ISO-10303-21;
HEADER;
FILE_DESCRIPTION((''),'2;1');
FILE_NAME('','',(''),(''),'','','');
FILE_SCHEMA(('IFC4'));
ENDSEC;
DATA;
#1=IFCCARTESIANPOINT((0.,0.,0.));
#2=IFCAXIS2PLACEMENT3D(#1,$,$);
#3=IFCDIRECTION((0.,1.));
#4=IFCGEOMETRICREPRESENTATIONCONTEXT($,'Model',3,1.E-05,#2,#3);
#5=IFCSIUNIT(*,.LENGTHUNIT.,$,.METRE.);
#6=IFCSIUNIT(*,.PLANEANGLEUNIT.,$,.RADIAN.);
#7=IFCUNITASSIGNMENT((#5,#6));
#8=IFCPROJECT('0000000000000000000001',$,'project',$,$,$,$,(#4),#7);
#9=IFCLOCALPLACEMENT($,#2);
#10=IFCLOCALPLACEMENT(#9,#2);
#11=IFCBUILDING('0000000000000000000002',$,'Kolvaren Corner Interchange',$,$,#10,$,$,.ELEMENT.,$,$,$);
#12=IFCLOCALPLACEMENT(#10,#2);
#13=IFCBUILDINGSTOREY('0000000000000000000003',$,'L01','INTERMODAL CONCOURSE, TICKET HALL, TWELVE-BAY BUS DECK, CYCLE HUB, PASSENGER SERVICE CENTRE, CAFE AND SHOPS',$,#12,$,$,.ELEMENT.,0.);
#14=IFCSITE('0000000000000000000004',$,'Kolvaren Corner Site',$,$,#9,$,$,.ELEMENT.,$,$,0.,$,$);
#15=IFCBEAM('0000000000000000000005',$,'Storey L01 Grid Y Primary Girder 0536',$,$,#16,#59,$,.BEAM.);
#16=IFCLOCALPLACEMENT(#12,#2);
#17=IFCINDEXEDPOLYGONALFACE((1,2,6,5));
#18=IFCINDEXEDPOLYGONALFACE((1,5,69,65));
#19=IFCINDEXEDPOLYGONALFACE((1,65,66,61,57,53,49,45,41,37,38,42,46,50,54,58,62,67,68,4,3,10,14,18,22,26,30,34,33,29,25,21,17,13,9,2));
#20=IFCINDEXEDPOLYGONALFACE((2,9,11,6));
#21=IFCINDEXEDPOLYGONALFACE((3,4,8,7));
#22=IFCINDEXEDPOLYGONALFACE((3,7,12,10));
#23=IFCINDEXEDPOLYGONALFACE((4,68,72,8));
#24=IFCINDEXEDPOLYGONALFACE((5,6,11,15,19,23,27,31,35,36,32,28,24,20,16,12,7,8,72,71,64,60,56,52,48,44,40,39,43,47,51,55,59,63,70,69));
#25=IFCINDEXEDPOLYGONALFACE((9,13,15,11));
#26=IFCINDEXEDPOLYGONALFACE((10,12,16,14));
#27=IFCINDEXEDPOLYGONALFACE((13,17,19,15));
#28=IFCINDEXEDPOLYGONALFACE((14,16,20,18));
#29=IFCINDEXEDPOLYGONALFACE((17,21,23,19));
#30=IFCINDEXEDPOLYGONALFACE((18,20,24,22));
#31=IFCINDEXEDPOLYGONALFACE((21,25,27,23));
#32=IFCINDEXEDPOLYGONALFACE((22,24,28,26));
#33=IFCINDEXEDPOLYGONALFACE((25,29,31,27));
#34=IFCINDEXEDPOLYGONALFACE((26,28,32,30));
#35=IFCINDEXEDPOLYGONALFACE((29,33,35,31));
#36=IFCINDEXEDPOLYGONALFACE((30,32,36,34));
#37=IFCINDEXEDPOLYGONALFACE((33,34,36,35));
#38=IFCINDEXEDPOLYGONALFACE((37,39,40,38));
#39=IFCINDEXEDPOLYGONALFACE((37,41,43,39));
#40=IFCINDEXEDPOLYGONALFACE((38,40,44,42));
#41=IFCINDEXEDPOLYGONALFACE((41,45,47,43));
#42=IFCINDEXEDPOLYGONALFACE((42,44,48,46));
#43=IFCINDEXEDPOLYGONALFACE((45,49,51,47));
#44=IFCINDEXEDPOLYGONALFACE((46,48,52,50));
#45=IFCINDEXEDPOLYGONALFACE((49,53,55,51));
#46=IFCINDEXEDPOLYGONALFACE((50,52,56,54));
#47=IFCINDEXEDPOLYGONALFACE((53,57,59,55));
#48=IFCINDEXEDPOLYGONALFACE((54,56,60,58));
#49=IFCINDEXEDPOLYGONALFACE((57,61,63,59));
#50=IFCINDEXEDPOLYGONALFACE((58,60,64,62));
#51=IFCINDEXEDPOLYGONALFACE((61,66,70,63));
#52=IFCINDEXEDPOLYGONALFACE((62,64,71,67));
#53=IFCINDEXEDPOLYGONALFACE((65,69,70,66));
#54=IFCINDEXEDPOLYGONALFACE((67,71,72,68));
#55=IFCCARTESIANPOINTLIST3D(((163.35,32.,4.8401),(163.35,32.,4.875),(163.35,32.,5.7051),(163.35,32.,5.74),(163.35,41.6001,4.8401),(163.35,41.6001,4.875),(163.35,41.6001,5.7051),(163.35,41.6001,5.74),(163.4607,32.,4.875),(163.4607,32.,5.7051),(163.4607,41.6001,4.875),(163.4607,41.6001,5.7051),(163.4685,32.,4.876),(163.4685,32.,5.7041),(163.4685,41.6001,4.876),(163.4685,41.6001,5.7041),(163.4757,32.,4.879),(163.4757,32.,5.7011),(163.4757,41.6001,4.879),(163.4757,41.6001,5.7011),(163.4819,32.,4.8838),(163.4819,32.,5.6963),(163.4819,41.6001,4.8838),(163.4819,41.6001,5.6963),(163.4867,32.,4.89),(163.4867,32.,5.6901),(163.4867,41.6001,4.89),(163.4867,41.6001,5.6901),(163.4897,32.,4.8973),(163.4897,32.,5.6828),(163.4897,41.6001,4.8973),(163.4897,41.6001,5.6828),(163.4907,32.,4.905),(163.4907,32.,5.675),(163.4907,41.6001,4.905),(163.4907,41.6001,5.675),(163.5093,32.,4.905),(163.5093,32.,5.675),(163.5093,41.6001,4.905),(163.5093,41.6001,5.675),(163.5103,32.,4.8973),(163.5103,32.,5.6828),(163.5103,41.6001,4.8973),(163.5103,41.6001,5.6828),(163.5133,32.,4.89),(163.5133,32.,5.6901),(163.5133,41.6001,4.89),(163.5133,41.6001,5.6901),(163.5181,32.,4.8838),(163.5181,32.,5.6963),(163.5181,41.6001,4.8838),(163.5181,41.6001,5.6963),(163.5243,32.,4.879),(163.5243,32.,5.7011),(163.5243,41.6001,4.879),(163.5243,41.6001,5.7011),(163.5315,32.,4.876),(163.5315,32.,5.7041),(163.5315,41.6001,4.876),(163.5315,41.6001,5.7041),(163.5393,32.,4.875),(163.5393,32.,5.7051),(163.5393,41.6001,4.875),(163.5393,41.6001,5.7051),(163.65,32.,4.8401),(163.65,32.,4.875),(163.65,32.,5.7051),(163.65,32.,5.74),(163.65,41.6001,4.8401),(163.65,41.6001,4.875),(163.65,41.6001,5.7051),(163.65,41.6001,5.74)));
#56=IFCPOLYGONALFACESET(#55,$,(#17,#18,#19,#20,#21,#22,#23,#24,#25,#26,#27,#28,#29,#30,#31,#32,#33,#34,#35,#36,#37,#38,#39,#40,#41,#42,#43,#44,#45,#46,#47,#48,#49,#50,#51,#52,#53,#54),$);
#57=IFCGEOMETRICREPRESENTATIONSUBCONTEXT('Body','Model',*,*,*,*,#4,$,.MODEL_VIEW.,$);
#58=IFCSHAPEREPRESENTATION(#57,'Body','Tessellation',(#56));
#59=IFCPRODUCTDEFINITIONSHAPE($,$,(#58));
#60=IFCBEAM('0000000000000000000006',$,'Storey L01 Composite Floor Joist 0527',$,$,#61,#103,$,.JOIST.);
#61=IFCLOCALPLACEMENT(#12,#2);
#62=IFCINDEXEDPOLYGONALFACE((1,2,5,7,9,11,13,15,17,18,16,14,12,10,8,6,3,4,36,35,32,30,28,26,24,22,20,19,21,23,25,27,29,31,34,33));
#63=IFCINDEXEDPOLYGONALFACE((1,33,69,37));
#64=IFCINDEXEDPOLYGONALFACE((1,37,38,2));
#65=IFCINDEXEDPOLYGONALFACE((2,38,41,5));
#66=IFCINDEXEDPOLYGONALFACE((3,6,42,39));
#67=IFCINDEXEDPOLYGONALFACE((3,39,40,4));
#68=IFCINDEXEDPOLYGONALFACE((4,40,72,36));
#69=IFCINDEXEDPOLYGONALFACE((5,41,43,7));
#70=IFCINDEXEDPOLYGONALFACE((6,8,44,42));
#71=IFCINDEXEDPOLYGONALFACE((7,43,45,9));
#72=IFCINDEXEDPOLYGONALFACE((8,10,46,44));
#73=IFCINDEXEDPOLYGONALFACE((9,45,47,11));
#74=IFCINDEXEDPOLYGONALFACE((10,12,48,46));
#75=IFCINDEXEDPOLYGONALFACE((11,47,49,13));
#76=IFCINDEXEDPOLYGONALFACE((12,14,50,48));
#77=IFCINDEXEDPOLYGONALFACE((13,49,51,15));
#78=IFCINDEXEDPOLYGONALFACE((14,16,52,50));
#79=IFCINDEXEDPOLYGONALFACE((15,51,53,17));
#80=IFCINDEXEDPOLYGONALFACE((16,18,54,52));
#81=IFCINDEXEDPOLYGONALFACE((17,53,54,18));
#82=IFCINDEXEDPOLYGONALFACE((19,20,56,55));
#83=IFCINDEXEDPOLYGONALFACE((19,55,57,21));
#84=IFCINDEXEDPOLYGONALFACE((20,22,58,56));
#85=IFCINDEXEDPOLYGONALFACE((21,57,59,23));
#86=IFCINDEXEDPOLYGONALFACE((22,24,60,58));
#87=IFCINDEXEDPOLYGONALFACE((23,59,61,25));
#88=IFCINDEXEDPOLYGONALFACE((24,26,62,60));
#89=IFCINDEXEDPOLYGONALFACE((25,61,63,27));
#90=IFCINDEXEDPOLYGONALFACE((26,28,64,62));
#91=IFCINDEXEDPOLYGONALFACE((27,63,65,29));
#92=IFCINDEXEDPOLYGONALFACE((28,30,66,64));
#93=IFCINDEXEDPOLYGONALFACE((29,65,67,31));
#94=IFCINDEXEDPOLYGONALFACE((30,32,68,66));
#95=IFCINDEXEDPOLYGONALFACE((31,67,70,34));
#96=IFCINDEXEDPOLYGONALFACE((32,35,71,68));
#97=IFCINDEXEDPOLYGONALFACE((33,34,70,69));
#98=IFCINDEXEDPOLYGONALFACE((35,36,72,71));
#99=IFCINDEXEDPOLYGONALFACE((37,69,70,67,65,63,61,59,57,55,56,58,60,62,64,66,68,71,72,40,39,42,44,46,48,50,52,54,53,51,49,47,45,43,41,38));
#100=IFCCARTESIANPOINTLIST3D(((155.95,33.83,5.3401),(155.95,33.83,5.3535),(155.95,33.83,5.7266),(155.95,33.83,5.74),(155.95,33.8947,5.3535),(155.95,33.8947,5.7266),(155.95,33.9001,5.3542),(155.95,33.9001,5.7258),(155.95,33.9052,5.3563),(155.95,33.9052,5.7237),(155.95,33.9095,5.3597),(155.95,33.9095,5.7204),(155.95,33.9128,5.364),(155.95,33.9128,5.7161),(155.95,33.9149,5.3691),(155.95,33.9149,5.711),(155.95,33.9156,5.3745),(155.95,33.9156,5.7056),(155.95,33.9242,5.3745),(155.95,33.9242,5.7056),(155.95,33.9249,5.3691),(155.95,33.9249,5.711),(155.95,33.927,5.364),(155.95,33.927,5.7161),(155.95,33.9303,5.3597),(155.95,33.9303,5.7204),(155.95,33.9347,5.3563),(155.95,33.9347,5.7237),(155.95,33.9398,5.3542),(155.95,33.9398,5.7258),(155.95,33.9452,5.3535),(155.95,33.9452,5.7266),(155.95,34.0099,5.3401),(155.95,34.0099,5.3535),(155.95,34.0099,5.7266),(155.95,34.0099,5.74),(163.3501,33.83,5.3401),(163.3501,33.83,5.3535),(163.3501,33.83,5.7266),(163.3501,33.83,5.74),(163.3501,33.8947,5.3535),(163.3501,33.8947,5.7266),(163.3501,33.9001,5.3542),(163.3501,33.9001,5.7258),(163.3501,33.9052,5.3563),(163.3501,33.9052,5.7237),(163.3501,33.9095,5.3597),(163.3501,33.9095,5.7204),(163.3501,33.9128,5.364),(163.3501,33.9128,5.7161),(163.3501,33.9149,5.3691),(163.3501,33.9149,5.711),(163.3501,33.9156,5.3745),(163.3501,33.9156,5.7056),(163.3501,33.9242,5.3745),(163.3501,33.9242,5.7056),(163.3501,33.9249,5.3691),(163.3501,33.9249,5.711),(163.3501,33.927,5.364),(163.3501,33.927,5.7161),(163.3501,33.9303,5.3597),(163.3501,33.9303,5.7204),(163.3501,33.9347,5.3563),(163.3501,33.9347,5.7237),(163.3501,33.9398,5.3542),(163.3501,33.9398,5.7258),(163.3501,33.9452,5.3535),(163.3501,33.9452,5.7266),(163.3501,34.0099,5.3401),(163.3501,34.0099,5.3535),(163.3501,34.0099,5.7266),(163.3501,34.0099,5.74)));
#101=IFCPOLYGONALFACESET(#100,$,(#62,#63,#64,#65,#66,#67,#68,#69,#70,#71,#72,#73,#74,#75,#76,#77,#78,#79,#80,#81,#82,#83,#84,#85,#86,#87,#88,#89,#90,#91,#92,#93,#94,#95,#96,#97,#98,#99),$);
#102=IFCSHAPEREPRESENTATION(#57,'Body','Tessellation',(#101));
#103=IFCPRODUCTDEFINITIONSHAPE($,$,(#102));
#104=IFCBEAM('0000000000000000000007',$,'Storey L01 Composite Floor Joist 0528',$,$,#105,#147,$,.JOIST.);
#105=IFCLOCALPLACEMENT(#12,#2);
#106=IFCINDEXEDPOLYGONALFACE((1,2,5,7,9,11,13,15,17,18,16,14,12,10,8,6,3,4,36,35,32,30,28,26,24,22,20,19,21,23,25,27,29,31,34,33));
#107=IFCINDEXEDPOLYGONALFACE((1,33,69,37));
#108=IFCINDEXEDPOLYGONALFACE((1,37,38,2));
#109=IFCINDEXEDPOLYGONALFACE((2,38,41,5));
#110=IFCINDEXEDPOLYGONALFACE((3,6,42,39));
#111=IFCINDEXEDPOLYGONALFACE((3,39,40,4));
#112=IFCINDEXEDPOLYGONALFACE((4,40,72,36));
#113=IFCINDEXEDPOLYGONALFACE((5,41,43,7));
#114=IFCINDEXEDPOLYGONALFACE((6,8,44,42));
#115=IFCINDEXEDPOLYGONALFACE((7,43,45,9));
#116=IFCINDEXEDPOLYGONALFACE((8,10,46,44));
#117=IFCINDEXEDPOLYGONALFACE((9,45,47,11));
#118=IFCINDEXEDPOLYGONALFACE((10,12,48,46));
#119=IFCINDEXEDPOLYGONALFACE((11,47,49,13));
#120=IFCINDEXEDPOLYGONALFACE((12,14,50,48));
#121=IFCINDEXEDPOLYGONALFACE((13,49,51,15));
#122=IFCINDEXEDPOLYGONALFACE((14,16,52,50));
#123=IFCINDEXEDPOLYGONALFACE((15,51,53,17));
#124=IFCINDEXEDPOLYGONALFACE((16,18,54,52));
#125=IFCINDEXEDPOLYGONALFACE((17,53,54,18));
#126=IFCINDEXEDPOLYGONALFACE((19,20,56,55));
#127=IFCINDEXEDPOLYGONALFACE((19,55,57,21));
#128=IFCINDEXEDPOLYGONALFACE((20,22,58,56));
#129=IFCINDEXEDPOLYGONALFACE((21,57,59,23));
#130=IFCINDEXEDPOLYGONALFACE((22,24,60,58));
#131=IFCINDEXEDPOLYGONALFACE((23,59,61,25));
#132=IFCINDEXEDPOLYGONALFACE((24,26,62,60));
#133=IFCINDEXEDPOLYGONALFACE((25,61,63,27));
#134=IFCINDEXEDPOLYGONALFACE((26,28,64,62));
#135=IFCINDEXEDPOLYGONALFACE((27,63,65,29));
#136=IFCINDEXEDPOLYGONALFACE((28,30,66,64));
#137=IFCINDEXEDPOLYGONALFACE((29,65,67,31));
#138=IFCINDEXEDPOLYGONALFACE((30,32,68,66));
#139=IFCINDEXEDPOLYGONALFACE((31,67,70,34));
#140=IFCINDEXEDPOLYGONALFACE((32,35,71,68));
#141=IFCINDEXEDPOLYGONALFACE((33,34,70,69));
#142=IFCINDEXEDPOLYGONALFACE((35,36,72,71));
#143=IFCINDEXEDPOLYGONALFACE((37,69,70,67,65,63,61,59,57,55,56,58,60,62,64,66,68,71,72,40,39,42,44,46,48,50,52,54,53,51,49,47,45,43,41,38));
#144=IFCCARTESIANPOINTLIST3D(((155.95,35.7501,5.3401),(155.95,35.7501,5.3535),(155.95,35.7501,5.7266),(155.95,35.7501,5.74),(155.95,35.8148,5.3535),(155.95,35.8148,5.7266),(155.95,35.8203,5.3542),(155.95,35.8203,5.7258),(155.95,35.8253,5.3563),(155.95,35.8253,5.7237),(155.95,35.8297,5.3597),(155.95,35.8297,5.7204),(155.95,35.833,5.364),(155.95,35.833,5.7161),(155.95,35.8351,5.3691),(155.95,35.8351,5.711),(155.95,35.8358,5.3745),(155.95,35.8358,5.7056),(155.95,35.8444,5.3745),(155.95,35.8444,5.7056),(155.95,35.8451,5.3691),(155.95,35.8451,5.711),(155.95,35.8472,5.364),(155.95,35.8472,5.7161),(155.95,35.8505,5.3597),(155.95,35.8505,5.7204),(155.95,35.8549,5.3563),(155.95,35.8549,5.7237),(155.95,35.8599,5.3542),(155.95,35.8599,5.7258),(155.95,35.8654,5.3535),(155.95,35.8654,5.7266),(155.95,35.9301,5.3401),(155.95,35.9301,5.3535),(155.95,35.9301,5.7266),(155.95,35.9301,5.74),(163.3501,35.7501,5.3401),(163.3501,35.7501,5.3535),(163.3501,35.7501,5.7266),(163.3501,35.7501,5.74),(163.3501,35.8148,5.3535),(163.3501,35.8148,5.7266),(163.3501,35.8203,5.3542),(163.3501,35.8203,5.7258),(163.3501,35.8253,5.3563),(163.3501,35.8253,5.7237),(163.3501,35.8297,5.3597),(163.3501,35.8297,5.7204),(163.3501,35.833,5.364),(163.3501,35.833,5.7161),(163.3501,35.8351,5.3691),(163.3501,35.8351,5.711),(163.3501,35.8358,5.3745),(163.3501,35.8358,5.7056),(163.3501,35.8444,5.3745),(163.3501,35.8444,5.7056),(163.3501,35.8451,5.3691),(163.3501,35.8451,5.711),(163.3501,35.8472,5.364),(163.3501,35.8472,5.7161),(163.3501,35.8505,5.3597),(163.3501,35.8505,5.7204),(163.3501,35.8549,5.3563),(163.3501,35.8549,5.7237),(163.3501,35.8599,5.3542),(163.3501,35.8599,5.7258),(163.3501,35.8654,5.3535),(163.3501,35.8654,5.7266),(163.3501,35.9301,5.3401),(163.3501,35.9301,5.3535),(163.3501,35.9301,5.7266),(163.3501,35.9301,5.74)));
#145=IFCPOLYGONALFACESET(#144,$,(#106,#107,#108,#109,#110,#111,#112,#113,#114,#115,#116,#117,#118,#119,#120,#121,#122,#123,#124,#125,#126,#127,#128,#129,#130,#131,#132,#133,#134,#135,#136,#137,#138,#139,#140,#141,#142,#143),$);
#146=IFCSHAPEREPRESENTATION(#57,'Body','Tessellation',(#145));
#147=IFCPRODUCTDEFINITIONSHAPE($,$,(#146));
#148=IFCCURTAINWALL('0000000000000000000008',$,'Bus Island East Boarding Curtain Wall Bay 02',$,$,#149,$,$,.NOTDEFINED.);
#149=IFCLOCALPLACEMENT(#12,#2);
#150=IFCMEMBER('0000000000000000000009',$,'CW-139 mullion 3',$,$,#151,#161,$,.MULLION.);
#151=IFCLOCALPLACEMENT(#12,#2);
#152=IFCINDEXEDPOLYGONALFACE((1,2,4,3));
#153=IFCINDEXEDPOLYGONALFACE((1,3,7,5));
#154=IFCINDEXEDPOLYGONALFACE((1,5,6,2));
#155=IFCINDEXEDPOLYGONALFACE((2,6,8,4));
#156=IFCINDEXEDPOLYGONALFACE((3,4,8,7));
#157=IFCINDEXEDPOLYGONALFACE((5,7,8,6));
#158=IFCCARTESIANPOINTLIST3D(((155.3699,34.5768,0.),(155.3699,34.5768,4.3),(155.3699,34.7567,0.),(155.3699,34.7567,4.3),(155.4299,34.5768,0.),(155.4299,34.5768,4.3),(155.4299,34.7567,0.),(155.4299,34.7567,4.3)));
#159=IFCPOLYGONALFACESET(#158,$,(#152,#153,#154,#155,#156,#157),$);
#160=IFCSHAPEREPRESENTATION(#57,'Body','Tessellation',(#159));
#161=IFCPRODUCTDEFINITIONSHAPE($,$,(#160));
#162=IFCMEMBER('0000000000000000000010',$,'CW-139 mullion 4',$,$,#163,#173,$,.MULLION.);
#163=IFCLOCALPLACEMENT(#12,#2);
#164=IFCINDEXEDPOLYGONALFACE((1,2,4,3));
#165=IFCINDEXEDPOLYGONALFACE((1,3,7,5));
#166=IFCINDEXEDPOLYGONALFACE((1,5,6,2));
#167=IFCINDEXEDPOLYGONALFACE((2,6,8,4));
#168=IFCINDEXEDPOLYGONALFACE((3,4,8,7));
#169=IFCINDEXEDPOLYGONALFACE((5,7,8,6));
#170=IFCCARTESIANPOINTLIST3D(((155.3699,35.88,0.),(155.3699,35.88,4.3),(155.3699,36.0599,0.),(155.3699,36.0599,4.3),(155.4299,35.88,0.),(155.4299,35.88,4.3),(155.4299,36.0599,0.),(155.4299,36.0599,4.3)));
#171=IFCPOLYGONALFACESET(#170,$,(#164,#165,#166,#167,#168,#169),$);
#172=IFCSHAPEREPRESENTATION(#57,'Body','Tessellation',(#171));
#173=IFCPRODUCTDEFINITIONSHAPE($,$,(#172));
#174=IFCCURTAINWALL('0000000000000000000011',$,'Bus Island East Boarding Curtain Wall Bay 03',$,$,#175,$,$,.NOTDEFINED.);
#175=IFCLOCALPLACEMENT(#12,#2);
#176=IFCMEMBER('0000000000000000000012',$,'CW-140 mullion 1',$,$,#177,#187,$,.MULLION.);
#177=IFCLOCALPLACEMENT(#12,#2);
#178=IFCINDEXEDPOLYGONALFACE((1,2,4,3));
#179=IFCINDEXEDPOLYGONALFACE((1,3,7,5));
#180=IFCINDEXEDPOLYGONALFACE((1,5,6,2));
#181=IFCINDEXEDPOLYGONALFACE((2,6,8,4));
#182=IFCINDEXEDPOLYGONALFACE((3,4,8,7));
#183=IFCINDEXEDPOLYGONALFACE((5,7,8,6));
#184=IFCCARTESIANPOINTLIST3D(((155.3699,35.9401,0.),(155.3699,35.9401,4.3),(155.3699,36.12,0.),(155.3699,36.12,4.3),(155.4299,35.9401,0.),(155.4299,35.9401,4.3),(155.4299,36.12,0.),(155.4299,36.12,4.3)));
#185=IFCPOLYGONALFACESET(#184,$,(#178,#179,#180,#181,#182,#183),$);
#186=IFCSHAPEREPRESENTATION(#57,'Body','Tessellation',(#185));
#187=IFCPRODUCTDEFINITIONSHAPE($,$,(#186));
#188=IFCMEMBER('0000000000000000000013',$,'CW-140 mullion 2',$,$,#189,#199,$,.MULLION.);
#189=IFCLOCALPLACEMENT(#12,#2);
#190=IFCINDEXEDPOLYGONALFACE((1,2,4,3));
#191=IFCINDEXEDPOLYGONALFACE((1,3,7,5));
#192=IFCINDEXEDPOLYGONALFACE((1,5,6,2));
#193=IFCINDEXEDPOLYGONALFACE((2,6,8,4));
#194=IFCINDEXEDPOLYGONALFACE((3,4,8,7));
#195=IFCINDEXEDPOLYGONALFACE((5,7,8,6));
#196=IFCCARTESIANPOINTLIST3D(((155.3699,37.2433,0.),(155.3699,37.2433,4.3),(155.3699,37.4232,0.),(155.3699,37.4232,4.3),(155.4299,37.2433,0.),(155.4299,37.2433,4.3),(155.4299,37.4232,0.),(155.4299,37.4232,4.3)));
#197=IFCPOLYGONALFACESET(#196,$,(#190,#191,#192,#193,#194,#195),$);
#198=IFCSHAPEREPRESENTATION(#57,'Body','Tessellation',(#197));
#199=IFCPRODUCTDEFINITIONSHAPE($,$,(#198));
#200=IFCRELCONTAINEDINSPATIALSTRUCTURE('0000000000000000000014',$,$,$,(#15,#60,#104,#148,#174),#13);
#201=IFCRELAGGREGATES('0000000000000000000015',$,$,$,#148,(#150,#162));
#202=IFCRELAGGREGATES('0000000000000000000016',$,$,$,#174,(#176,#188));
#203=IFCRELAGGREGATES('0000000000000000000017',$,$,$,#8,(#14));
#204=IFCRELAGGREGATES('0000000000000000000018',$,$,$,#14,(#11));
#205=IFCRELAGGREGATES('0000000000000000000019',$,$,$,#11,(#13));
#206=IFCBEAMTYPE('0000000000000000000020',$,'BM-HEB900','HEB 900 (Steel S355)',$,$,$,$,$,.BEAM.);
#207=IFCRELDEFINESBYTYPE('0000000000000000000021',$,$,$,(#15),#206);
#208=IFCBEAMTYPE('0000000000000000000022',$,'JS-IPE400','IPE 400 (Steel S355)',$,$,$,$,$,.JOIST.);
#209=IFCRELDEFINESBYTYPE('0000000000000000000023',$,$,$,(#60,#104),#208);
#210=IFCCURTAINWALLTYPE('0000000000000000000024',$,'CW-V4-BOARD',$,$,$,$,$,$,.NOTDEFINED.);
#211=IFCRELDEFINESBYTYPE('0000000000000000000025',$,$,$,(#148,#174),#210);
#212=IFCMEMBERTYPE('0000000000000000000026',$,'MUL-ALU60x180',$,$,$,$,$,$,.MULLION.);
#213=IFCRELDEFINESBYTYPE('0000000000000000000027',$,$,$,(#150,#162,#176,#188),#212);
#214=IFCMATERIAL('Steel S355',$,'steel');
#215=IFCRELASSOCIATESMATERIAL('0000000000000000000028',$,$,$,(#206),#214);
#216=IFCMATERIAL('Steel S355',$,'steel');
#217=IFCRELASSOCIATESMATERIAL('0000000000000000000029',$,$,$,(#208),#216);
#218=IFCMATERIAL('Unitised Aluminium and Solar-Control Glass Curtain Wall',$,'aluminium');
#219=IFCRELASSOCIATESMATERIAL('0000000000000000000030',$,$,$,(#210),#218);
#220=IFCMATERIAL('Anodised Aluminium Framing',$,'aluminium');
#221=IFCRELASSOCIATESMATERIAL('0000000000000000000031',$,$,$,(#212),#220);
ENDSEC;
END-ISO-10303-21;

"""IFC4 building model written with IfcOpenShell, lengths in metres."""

from ifc_helpers import new_model, si_unit, direction, frame, origin, origin_2d, place, context, subcontext, project, spatial, rectangle, i_section, extrude, material, material_profile, profile_set, type_object, element, aggregate, save


model = new_model("IFC4")

# Units and contexts
model_context = context("Model", 3, precision=1e-05, world=origin(), true_north=direction((0.0, 1.0)))
body_context = subcontext(model_context, "Body", "Model", "MODEL_VIEW")
ifc_project = project(units=[si_unit("LENGTHUNIT", "METRE"), si_unit("PLANEANGLEUNIT", "RADIAN")], contexts=[model_context])

# Site, building, storey
site_placement = place(None, origin())
site = spatial("IfcSite", under=ifc_project, at=site_placement, Name="Kolvaren Corner Site", CompositionType="ELEMENT", RefElevation=0.0)
building_placement = place(site_placement, origin())
building = spatial("IfcBuilding", under=site, at=building_placement, Name="Kolvaren Corner Interchange", CompositionType="ELEMENT")
storey_placement = place(building_placement, origin())
storey = spatial("IfcBuildingStorey", under=building, at=storey_placement, Name="L01", Description="INTERMODAL CONCOURSE, TICKET HALL, TWELVE-BAY BUS DECK, CYCLE HUB, PASSENGER SERVICE CENTRE, CAFE AND SHOPS", CompositionType="ELEMENT", Elevation=0.0)

# Beams
ifc_material_1 = material(Name="Steel S355", Category="steel")
ifc_material_profile_1 = material_profile(ifc_material_1, i_section(OverallWidth=0.3, OverallDepth=0.8999, WebThickness=0.0186, FlangeThickness=0.0349, FilletRadius=0.03, at=origin_2d()), Name="HEB 900")
ifc_profile_set_1 = profile_set([ifc_material_profile_1], Name="Steel S355")
beam_type_1 = type_object("IfcBeamType", Name="BM-HEB900", Description="HEB 900 (Steel S355)", PredefinedType="BEAM", material=ifc_profile_set_1)
for number, where, z_axis, x_axis, name in (
    (1, (163.5, 32.0, 5.29), (0.0, 1.0, 0.0), (-1.0, 0.0, 0.0), "Storey L01 Grid Y Primary Girder 0536"),
):
    element("IfcBeam", number, at=place(storey_placement, frame(where, z_axis=z_axis, x_axis=x_axis)), inside=storey, type_object=beam_type_1, Name=name, PredefinedType="BEAM", context=body_context, shape_type="SweptSolid", body=[
        extrude(i_section(OverallWidth=0.3, OverallDepth=0.8999, WebThickness=0.0186, FlangeThickness=0.0349, FilletRadius=0.03, at=origin_2d()), origin(), (0.0, 0.0, 1.0), 9.6001),
    ])
ifc_material_2 = material(Name="Steel S355", Category="steel")
ifc_material_profile_2 = material_profile(ifc_material_2, i_section(OverallWidth=0.1799, OverallDepth=0.3999, WebThickness=0.0085, FlangeThickness=0.0134, FilletRadius=0.021, at=origin_2d()), Name="IPE 400")
ifc_profile_set_2 = profile_set([ifc_material_profile_2], Name="Steel S355")
beam_type_2 = type_object("IfcBeamType", Name="JS-IPE400", Description="IPE 400 (Steel S355)", PredefinedType="JOIST", material=ifc_profile_set_2)
for number, where, z_axis, x_axis, name in (
    (2, (155.95, 33.9199, 5.54), (1.0, 0.0, 0.0), (0.0, 1.0, 0.0), "Storey L01 Composite Floor Joist 0527"),
    (3, (155.95, 35.8401, 5.54), (1.0, 0.0, 0.0), (0.0, 1.0, 0.0), "Storey L01 Composite Floor Joist 0528"),
):
    element("IfcBeam", number, at=place(storey_placement, frame(where, z_axis=z_axis, x_axis=x_axis)), inside=storey, type_object=beam_type_2, Name=name, PredefinedType="JOIST", context=body_context, shape_type="SweptSolid", body=[
        extrude(i_section(OverallWidth=0.1799, OverallDepth=0.3999, WebThickness=0.0085, FlangeThickness=0.0134, FilletRadius=0.021, at=origin_2d()), origin(), (0.0, 0.0, 1.0), 7.4001),
    ])

# Curtain walls, members
ifc_material_3 = material(Name="Unitised Aluminium and Solar-Control Glass Curtain Wall", Category="aluminium")
curtain_wall_type = type_object("IfcCurtainWallType", Name="CW-V4-BOARD", PredefinedType="NOTDEFINED", material=ifc_material_3)
curtain_wall_1_placement = place(storey_placement, origin())
curtain_wall_1 = element("IfcCurtainWall", 4, at=curtain_wall_1_placement, inside=storey, type_object=curtain_wall_type, Name="Bus Island East Boarding Curtain Wall Bay 02", PredefinedType="NOTDEFINED")
ifc_material_4 = material(Name="Anodised Aluminium Framing", Category="aluminium")
ifc_material_profile_3 = material_profile(ifc_material_4, rectangle(XDim=0.0601, YDim=0.1799, at=origin_2d()), Name="ALU 60x180")
ifc_profile_set_3 = profile_set([ifc_material_profile_3], Name="Anodised Aluminium Framing")
member_type_1 = type_object("IfcMemberType", Name="MUL-ALU60x180", PredefinedType="MULLION", material=ifc_profile_set_3)
member_1_placement = place(storey_placement, frame((155.3999, 34.6667, 0.0), z_axis=(0.0, 0.0, 1.0), x_axis=(-1.0, 0.0, 0.0)))
member_1 = element("IfcMember", 5, at=member_1_placement, type_object=member_type_1, Name="CW-139 mullion 3", PredefinedType="MULLION", context=body_context, shape_type="SweptSolid", body=[
    extrude(rectangle(XDim=0.0601, YDim=0.1799, at=origin_2d()), origin(), (0.0, 0.0, 1.0), 4.3),
])
member_2_placement = place(storey_placement, frame((155.3999, 35.97, 0.0), z_axis=(0.0, 0.0, 1.0), x_axis=(-1.0, 0.0, 0.0)))
member_2 = element("IfcMember", 6, at=member_2_placement, type_object=member_type_1, Name="CW-139 mullion 4", PredefinedType="MULLION", context=body_context, shape_type="SweptSolid", body=[
    extrude(rectangle(XDim=0.0601, YDim=0.1799, at=origin_2d()), origin(), (0.0, 0.0, 1.0), 4.3),
])
curtain_wall_2_placement = place(storey_placement, origin())
curtain_wall_2 = element("IfcCurtainWall", 7, at=curtain_wall_2_placement, inside=storey, type_object=curtain_wall_type, Name="Bus Island East Boarding Curtain Wall Bay 03", PredefinedType="NOTDEFINED")
member_3_placement = place(storey_placement, frame((155.3999, 36.03, 0.0), z_axis=(0.0, 0.0, 1.0), x_axis=(-1.0, 0.0, 0.0)))
member_3 = element("IfcMember", 8, at=member_3_placement, type_object=member_type_1, Name="CW-140 mullion 1", PredefinedType="MULLION", context=body_context, shape_type="SweptSolid", body=[
    extrude(rectangle(XDim=0.0601, YDim=0.1799, at=origin_2d()), origin(), (0.0, 0.0, 1.0), 4.3),
])
member_4_placement = place(storey_placement, frame((155.3999, 37.3333, 0.0), z_axis=(0.0, 0.0, 1.0), x_axis=(-1.0, 0.0, 0.0)))
member_4 = element("IfcMember", 9, at=member_4_placement, type_object=member_type_1, Name="CW-140 mullion 2", PredefinedType="MULLION", context=body_context, shape_type="SweptSolid", body=[
    extrude(rectangle(XDim=0.0601, YDim=0.1799, at=origin_2d()), origin(), (0.0, 0.0, 1.0), 4.3),
])

aggregate(curtain_wall_1, [member_1, member_2])
aggregate(curtain_wall_2, [member_3, member_4])

save(model, "model.ifc")
